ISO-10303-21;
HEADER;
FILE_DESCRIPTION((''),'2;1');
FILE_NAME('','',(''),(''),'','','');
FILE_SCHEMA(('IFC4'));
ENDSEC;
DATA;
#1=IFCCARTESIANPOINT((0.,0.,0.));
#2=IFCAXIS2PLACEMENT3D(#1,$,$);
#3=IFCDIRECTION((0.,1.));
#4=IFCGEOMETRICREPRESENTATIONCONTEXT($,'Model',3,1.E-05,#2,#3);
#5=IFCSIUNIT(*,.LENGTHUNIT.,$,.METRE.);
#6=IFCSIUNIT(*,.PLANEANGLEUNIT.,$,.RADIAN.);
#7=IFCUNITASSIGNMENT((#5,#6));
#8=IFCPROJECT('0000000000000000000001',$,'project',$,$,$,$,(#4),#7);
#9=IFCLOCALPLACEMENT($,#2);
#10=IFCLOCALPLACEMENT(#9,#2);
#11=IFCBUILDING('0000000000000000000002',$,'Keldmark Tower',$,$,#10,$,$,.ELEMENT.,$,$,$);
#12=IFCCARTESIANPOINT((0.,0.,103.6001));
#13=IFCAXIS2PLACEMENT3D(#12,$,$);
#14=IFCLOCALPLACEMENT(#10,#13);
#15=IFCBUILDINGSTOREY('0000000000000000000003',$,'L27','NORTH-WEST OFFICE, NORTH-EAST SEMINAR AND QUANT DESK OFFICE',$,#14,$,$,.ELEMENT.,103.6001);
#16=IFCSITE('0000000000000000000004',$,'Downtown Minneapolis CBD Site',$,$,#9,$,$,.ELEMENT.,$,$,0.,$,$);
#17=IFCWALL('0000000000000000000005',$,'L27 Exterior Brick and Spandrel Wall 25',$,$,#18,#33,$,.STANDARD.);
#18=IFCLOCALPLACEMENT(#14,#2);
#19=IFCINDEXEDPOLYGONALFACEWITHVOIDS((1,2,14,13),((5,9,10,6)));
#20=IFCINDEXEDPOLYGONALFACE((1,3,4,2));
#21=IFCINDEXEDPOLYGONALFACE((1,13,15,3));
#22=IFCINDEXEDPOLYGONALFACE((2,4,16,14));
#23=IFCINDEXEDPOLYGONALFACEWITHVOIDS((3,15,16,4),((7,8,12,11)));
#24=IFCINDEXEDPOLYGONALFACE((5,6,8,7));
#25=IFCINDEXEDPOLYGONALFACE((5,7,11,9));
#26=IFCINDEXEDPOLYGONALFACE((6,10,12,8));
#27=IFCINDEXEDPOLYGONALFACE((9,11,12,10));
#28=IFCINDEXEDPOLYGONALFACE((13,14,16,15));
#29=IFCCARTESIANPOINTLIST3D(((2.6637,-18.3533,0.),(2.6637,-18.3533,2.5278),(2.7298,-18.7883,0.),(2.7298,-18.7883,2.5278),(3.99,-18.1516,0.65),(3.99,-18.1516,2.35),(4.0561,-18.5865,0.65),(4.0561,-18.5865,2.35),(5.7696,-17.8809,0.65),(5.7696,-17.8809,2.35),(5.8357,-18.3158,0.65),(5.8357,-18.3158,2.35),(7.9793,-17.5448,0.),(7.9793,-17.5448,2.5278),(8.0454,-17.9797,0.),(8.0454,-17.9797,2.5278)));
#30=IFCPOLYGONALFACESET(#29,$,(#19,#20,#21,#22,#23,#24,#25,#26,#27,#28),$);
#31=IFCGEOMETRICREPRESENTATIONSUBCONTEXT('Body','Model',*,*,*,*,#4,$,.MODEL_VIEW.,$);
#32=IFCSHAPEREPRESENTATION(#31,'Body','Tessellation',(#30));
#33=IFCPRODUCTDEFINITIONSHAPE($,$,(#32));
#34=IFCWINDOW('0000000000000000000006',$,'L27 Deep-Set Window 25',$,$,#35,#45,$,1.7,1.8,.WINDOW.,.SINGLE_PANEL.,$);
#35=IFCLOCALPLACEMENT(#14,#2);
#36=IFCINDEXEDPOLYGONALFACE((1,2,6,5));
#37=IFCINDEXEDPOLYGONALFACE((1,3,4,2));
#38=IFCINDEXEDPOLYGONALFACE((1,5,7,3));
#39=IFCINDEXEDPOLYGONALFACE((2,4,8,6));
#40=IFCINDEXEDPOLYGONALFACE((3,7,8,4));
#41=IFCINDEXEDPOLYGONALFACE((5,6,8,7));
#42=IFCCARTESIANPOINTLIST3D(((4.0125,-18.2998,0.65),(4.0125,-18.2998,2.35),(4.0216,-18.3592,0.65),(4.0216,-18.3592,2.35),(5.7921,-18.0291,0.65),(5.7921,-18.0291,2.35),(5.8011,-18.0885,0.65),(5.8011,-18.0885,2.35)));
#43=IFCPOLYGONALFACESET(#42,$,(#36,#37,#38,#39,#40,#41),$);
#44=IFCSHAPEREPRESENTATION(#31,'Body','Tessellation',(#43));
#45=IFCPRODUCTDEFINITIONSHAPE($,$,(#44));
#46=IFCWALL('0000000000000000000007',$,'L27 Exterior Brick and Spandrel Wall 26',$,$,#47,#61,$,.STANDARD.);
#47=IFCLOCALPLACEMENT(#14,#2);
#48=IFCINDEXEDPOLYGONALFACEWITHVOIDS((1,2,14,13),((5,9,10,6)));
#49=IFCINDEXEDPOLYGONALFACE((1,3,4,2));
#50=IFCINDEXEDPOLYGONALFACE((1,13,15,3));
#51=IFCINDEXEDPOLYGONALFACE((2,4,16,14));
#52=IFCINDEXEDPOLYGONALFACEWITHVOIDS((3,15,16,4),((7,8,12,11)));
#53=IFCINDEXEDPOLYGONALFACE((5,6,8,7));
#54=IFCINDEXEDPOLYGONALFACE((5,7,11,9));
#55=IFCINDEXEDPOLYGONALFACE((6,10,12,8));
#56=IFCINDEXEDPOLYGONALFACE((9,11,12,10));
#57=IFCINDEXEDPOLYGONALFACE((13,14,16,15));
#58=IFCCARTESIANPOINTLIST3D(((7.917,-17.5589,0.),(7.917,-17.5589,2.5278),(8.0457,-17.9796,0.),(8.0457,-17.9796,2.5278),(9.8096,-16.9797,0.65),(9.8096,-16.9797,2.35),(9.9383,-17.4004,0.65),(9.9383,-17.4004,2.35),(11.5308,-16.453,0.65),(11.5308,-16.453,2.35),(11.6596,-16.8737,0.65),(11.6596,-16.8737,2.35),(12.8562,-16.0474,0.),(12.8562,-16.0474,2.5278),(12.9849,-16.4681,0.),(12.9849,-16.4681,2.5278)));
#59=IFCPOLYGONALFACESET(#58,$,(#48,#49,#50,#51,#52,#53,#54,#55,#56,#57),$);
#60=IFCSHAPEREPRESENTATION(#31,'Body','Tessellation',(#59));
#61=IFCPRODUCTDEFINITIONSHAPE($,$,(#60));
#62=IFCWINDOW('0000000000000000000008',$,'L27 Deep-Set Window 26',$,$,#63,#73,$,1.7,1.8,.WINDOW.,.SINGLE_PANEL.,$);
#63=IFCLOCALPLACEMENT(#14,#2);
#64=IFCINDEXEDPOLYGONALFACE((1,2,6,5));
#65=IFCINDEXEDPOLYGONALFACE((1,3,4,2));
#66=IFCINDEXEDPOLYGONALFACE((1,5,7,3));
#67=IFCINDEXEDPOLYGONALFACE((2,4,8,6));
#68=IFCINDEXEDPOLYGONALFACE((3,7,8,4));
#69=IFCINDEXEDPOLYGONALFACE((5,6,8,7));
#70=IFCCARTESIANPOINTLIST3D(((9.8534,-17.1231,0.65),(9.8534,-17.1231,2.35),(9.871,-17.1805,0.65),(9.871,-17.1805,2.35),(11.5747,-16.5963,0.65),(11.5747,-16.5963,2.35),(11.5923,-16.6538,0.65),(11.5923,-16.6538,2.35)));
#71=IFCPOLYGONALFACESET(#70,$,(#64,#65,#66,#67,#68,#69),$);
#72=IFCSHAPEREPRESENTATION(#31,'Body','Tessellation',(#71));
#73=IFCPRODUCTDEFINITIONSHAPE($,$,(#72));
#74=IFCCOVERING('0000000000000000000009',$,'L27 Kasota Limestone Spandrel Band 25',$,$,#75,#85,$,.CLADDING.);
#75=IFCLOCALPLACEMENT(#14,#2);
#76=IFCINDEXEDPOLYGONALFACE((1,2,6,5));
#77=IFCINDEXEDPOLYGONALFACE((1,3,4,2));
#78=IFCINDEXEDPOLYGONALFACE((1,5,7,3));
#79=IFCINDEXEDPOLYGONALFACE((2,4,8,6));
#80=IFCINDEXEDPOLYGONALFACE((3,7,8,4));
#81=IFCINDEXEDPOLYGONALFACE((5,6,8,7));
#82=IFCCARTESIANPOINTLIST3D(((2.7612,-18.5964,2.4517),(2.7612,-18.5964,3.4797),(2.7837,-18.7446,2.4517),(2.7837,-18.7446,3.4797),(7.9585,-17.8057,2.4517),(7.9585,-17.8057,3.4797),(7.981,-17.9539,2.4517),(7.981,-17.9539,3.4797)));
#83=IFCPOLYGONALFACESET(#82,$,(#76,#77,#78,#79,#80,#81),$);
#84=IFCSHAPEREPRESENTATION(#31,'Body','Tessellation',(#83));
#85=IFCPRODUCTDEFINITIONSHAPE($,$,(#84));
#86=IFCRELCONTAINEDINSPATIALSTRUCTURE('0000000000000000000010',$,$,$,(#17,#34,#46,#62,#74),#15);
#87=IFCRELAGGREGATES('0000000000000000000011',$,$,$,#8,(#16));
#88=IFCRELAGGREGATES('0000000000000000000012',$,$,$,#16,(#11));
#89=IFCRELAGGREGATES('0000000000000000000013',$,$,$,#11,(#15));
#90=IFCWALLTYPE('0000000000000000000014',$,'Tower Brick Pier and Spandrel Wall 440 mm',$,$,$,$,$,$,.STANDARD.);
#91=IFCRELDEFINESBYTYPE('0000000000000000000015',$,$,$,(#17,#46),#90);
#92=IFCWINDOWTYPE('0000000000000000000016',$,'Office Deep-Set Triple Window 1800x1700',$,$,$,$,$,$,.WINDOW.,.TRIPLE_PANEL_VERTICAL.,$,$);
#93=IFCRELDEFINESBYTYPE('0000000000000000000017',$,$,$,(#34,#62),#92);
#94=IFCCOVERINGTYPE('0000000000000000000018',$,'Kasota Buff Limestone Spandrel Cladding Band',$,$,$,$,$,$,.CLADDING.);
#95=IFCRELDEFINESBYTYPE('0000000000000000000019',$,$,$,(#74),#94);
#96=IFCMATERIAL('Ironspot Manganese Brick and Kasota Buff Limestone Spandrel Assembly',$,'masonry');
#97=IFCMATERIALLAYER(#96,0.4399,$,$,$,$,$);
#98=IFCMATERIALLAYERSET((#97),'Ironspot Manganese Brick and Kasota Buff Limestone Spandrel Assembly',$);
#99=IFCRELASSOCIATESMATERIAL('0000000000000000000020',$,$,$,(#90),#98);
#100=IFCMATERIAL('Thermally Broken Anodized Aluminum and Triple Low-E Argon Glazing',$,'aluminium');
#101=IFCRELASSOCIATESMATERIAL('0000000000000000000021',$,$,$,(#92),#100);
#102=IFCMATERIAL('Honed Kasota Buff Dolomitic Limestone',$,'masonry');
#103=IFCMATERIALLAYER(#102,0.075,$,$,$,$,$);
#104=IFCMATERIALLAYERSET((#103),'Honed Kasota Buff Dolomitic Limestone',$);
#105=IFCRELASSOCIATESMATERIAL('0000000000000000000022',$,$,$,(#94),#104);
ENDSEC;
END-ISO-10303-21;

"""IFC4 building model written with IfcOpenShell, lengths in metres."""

from ifc_helpers import new_model, si_unit, direction, frame, frame_2d, origin, origin_2d, place, context, subcontext, project, spatial, rectangle, extrude, material, layer, layer_set, type_object, element, fill, save


model = new_model("IFC4")

# Units and contexts
model_context = context("Model", 3, precision=1e-05, world=origin(), true_north=direction((0.0, 1.0)))
body_context = subcontext(model_context, "Body", "Model", "MODEL_VIEW")
ifc_project = project(units=[si_unit("LENGTHUNIT", "METRE"), si_unit("PLANEANGLEUNIT", "RADIAN")], contexts=[model_context])

# Site, building, storey
site_placement = place(None, origin())
site = spatial("IfcSite", under=ifc_project, at=site_placement, Name="Downtown Minneapolis CBD Site", CompositionType="ELEMENT", RefElevation=0.0)
building_placement = place(site_placement, origin())
building = spatial("IfcBuilding", under=site, at=building_placement, Name="Keldmark Tower", CompositionType="ELEMENT")
storey_placement = place(building_placement, frame((0.0, 0.0, 103.6001)))
storey = spatial("IfcBuildingStorey", under=building, at=storey_placement, Name="L27", Description="NORTH-WEST OFFICE, NORTH-EAST SEMINAR AND QUANT DESK OFFICE", CompositionType="ELEMENT", Elevation=103.6001)

# Walls, openings, windows
ifc_material_1 = material(Name="Ironspot Manganese Brick and Kasota Buff Limestone Spandrel Assembly", Category="masonry")
ifc_layer_1 = layer(ifc_material_1, 0.4399)
ifc_layer_set_1 = layer_set([ifc_layer_1], Name="Ironspot Manganese Brick and Kasota Buff Limestone Spandrel Assembly")
wall_type_1 = type_object("IfcWallType", Name="Tower Brick Pier and Spandrel Wall 440 mm", PredefinedType="STANDARD", material=ifc_layer_set_1)
ifc_material_2 = material(Name="Thermally Broken Anodized Aluminum and Triple Low-E Argon Glazing", Category="aluminium")
window_type = type_object("IfcWindowType", Name="Office Deep-Set Triple Window 1800x1700", PartitioningType="TRIPLE_PANEL_VERTICAL", PredefinedType="WINDOW", material=ifc_material_2)
wall_1_placement = place(storey_placement, frame((8.0125, -17.7622, 0.0), z_axis=(0.0, 0.0, 1.0), x_axis=(-0.988627, -0.150385, 0.0)))
wall_1 = element("IfcWall", 1, at=wall_1_placement, inside=storey, type_object=wall_type_1, Name="L27 Exterior Brick and Spandrel Wall 25", PredefinedType="STANDARD", context=body_context, shape_type="SweptSolid", body=[
    extrude(rectangle(XDim=5.3767, YDim=0.4399, at=frame_2d((2.6885, 0.0))), origin(), (0.0, 0.0, 1.0), 2.5278),
])
opening_1_placement = place(wall_1_placement, frame((2.2354, 0.0, 0.6499)))
opening_1 = element("IfcOpeningElement", 2, at=opening_1_placement, cuts=wall_1, PredefinedType="OPENING", context=body_context, shape_type="SweptSolid", body=[
    extrude(rectangle(XDim=1.8, YDim=1.7, at=frame_2d((0.8999, 0.8501))), frame((0.0, 0.23, 0.0), z_axis=(0.0, -1.0, 0.0), x_axis=(1.0, 0.0, 0.0)), (0.0, 0.0, 1.0), 0.46),
])
window_1_placement = place(opening_1_placement, origin())
window_1 = element("IfcWindow", 3, at=window_1_placement, inside=storey, type_object=window_type, Name="L27 Deep-Set Window 25", OverallHeight=1.7, OverallWidth=1.8, PartitioningType="SINGLE_PANEL", PredefinedType="WINDOW", context=body_context, shape_type="SweptSolid", body=[
    extrude(rectangle(XDim=1.8, YDim=1.7, at=frame_2d((0.8999, 0.8501))), frame((0.0, -0.01, 0.0), z_axis=(0.0, -1.0, 0.0), x_axis=(1.0, 0.0, 0.0)), (0.0, 0.0, 1.0), 0.0601),
])
fill(opening_1, window_1)
wall_2_placement = place(storey_placement, frame((12.9204, -16.2578, 0.0), z_axis=(0.0, 0.0, 1.0), x_axis=(-0.956229, -0.292621, 0.0)))
wall_2 = element("IfcWall", 4, at=wall_2_placement, inside=storey, type_object=wall_type_1, Name="L27 Exterior Brick and Spandrel Wall 26", PredefinedType="STANDARD", context=body_context, shape_type="SweptSolid", body=[
    extrude(rectangle(XDim=5.1653, YDim=0.4399, at=frame_2d((2.5825, 0.0))), origin(), (0.0, 0.0, 1.0), 2.5278),
])
opening_2_placement = place(wall_2_placement, frame((1.386, 0.0, 0.6499)))
opening_2 = element("IfcOpeningElement", 5, at=opening_2_placement, cuts=wall_2, PredefinedType="OPENING", context=body_context, shape_type="SweptSolid", body=[
    extrude(rectangle(XDim=1.8, YDim=1.7, at=frame_2d((0.8999, 0.8501))), frame((0.0, 0.23, 0.0), z_axis=(0.0, -1.0, 0.0), x_axis=(1.0, 0.0, 0.0)), (0.0, 0.0, 1.0), 0.46),
])
window_2_placement = place(opening_2_placement, origin())
window_2 = element("IfcWindow", 6, at=window_2_placement, inside=storey, type_object=window_type, Name="L27 Deep-Set Window 26", OverallHeight=1.7, OverallWidth=1.8, PartitioningType="SINGLE_PANEL", PredefinedType="WINDOW", context=body_context, shape_type="SweptSolid", body=[
    extrude(rectangle(XDim=1.8, YDim=1.7, at=frame_2d((0.8999, 0.8501))), frame((0.0, -0.01, 0.0), z_axis=(0.0, -1.0, 0.0), x_axis=(1.0, 0.0, 0.0)), (0.0, 0.0, 1.0), 0.0601),
])
fill(opening_2, window_2)

# Covering
ifc_material_3 = material(Name="Honed Kasota Buff Dolomitic Limestone", Category="masonry")
ifc_layer_2 = layer(ifc_material_3, 0.075)
ifc_layer_set_2 = layer_set([ifc_layer_2], Name="Honed Kasota Buff Dolomitic Limestone")
covering_type = type_object("IfcCoveringType", Name="Kasota Buff Limestone Spandrel Cladding Band", PredefinedType="CLADDING", material=ifc_layer_set_2)
covering_placement = place(storey_placement, frame((5.3711, -18.2751, 2.4517), z_axis=(0.0, 0.0, 1.0), x_axis=(0.988623, 0.150415, 0.0)))
element("IfcCovering", 7, at=covering_placement, inside=storey, type_object=covering_type, Name="L27 Kasota Limestone Spandrel Band 25", PredefinedType="CLADDING", context=body_context, shape_type="SweptSolid", body=[
    extrude(rectangle(XDim=5.2571, YDim=0.1499, at=origin_2d()), origin(), (0.0, 0.0, 1.0), 1.0281),
])

save(model, "model.ifc")
